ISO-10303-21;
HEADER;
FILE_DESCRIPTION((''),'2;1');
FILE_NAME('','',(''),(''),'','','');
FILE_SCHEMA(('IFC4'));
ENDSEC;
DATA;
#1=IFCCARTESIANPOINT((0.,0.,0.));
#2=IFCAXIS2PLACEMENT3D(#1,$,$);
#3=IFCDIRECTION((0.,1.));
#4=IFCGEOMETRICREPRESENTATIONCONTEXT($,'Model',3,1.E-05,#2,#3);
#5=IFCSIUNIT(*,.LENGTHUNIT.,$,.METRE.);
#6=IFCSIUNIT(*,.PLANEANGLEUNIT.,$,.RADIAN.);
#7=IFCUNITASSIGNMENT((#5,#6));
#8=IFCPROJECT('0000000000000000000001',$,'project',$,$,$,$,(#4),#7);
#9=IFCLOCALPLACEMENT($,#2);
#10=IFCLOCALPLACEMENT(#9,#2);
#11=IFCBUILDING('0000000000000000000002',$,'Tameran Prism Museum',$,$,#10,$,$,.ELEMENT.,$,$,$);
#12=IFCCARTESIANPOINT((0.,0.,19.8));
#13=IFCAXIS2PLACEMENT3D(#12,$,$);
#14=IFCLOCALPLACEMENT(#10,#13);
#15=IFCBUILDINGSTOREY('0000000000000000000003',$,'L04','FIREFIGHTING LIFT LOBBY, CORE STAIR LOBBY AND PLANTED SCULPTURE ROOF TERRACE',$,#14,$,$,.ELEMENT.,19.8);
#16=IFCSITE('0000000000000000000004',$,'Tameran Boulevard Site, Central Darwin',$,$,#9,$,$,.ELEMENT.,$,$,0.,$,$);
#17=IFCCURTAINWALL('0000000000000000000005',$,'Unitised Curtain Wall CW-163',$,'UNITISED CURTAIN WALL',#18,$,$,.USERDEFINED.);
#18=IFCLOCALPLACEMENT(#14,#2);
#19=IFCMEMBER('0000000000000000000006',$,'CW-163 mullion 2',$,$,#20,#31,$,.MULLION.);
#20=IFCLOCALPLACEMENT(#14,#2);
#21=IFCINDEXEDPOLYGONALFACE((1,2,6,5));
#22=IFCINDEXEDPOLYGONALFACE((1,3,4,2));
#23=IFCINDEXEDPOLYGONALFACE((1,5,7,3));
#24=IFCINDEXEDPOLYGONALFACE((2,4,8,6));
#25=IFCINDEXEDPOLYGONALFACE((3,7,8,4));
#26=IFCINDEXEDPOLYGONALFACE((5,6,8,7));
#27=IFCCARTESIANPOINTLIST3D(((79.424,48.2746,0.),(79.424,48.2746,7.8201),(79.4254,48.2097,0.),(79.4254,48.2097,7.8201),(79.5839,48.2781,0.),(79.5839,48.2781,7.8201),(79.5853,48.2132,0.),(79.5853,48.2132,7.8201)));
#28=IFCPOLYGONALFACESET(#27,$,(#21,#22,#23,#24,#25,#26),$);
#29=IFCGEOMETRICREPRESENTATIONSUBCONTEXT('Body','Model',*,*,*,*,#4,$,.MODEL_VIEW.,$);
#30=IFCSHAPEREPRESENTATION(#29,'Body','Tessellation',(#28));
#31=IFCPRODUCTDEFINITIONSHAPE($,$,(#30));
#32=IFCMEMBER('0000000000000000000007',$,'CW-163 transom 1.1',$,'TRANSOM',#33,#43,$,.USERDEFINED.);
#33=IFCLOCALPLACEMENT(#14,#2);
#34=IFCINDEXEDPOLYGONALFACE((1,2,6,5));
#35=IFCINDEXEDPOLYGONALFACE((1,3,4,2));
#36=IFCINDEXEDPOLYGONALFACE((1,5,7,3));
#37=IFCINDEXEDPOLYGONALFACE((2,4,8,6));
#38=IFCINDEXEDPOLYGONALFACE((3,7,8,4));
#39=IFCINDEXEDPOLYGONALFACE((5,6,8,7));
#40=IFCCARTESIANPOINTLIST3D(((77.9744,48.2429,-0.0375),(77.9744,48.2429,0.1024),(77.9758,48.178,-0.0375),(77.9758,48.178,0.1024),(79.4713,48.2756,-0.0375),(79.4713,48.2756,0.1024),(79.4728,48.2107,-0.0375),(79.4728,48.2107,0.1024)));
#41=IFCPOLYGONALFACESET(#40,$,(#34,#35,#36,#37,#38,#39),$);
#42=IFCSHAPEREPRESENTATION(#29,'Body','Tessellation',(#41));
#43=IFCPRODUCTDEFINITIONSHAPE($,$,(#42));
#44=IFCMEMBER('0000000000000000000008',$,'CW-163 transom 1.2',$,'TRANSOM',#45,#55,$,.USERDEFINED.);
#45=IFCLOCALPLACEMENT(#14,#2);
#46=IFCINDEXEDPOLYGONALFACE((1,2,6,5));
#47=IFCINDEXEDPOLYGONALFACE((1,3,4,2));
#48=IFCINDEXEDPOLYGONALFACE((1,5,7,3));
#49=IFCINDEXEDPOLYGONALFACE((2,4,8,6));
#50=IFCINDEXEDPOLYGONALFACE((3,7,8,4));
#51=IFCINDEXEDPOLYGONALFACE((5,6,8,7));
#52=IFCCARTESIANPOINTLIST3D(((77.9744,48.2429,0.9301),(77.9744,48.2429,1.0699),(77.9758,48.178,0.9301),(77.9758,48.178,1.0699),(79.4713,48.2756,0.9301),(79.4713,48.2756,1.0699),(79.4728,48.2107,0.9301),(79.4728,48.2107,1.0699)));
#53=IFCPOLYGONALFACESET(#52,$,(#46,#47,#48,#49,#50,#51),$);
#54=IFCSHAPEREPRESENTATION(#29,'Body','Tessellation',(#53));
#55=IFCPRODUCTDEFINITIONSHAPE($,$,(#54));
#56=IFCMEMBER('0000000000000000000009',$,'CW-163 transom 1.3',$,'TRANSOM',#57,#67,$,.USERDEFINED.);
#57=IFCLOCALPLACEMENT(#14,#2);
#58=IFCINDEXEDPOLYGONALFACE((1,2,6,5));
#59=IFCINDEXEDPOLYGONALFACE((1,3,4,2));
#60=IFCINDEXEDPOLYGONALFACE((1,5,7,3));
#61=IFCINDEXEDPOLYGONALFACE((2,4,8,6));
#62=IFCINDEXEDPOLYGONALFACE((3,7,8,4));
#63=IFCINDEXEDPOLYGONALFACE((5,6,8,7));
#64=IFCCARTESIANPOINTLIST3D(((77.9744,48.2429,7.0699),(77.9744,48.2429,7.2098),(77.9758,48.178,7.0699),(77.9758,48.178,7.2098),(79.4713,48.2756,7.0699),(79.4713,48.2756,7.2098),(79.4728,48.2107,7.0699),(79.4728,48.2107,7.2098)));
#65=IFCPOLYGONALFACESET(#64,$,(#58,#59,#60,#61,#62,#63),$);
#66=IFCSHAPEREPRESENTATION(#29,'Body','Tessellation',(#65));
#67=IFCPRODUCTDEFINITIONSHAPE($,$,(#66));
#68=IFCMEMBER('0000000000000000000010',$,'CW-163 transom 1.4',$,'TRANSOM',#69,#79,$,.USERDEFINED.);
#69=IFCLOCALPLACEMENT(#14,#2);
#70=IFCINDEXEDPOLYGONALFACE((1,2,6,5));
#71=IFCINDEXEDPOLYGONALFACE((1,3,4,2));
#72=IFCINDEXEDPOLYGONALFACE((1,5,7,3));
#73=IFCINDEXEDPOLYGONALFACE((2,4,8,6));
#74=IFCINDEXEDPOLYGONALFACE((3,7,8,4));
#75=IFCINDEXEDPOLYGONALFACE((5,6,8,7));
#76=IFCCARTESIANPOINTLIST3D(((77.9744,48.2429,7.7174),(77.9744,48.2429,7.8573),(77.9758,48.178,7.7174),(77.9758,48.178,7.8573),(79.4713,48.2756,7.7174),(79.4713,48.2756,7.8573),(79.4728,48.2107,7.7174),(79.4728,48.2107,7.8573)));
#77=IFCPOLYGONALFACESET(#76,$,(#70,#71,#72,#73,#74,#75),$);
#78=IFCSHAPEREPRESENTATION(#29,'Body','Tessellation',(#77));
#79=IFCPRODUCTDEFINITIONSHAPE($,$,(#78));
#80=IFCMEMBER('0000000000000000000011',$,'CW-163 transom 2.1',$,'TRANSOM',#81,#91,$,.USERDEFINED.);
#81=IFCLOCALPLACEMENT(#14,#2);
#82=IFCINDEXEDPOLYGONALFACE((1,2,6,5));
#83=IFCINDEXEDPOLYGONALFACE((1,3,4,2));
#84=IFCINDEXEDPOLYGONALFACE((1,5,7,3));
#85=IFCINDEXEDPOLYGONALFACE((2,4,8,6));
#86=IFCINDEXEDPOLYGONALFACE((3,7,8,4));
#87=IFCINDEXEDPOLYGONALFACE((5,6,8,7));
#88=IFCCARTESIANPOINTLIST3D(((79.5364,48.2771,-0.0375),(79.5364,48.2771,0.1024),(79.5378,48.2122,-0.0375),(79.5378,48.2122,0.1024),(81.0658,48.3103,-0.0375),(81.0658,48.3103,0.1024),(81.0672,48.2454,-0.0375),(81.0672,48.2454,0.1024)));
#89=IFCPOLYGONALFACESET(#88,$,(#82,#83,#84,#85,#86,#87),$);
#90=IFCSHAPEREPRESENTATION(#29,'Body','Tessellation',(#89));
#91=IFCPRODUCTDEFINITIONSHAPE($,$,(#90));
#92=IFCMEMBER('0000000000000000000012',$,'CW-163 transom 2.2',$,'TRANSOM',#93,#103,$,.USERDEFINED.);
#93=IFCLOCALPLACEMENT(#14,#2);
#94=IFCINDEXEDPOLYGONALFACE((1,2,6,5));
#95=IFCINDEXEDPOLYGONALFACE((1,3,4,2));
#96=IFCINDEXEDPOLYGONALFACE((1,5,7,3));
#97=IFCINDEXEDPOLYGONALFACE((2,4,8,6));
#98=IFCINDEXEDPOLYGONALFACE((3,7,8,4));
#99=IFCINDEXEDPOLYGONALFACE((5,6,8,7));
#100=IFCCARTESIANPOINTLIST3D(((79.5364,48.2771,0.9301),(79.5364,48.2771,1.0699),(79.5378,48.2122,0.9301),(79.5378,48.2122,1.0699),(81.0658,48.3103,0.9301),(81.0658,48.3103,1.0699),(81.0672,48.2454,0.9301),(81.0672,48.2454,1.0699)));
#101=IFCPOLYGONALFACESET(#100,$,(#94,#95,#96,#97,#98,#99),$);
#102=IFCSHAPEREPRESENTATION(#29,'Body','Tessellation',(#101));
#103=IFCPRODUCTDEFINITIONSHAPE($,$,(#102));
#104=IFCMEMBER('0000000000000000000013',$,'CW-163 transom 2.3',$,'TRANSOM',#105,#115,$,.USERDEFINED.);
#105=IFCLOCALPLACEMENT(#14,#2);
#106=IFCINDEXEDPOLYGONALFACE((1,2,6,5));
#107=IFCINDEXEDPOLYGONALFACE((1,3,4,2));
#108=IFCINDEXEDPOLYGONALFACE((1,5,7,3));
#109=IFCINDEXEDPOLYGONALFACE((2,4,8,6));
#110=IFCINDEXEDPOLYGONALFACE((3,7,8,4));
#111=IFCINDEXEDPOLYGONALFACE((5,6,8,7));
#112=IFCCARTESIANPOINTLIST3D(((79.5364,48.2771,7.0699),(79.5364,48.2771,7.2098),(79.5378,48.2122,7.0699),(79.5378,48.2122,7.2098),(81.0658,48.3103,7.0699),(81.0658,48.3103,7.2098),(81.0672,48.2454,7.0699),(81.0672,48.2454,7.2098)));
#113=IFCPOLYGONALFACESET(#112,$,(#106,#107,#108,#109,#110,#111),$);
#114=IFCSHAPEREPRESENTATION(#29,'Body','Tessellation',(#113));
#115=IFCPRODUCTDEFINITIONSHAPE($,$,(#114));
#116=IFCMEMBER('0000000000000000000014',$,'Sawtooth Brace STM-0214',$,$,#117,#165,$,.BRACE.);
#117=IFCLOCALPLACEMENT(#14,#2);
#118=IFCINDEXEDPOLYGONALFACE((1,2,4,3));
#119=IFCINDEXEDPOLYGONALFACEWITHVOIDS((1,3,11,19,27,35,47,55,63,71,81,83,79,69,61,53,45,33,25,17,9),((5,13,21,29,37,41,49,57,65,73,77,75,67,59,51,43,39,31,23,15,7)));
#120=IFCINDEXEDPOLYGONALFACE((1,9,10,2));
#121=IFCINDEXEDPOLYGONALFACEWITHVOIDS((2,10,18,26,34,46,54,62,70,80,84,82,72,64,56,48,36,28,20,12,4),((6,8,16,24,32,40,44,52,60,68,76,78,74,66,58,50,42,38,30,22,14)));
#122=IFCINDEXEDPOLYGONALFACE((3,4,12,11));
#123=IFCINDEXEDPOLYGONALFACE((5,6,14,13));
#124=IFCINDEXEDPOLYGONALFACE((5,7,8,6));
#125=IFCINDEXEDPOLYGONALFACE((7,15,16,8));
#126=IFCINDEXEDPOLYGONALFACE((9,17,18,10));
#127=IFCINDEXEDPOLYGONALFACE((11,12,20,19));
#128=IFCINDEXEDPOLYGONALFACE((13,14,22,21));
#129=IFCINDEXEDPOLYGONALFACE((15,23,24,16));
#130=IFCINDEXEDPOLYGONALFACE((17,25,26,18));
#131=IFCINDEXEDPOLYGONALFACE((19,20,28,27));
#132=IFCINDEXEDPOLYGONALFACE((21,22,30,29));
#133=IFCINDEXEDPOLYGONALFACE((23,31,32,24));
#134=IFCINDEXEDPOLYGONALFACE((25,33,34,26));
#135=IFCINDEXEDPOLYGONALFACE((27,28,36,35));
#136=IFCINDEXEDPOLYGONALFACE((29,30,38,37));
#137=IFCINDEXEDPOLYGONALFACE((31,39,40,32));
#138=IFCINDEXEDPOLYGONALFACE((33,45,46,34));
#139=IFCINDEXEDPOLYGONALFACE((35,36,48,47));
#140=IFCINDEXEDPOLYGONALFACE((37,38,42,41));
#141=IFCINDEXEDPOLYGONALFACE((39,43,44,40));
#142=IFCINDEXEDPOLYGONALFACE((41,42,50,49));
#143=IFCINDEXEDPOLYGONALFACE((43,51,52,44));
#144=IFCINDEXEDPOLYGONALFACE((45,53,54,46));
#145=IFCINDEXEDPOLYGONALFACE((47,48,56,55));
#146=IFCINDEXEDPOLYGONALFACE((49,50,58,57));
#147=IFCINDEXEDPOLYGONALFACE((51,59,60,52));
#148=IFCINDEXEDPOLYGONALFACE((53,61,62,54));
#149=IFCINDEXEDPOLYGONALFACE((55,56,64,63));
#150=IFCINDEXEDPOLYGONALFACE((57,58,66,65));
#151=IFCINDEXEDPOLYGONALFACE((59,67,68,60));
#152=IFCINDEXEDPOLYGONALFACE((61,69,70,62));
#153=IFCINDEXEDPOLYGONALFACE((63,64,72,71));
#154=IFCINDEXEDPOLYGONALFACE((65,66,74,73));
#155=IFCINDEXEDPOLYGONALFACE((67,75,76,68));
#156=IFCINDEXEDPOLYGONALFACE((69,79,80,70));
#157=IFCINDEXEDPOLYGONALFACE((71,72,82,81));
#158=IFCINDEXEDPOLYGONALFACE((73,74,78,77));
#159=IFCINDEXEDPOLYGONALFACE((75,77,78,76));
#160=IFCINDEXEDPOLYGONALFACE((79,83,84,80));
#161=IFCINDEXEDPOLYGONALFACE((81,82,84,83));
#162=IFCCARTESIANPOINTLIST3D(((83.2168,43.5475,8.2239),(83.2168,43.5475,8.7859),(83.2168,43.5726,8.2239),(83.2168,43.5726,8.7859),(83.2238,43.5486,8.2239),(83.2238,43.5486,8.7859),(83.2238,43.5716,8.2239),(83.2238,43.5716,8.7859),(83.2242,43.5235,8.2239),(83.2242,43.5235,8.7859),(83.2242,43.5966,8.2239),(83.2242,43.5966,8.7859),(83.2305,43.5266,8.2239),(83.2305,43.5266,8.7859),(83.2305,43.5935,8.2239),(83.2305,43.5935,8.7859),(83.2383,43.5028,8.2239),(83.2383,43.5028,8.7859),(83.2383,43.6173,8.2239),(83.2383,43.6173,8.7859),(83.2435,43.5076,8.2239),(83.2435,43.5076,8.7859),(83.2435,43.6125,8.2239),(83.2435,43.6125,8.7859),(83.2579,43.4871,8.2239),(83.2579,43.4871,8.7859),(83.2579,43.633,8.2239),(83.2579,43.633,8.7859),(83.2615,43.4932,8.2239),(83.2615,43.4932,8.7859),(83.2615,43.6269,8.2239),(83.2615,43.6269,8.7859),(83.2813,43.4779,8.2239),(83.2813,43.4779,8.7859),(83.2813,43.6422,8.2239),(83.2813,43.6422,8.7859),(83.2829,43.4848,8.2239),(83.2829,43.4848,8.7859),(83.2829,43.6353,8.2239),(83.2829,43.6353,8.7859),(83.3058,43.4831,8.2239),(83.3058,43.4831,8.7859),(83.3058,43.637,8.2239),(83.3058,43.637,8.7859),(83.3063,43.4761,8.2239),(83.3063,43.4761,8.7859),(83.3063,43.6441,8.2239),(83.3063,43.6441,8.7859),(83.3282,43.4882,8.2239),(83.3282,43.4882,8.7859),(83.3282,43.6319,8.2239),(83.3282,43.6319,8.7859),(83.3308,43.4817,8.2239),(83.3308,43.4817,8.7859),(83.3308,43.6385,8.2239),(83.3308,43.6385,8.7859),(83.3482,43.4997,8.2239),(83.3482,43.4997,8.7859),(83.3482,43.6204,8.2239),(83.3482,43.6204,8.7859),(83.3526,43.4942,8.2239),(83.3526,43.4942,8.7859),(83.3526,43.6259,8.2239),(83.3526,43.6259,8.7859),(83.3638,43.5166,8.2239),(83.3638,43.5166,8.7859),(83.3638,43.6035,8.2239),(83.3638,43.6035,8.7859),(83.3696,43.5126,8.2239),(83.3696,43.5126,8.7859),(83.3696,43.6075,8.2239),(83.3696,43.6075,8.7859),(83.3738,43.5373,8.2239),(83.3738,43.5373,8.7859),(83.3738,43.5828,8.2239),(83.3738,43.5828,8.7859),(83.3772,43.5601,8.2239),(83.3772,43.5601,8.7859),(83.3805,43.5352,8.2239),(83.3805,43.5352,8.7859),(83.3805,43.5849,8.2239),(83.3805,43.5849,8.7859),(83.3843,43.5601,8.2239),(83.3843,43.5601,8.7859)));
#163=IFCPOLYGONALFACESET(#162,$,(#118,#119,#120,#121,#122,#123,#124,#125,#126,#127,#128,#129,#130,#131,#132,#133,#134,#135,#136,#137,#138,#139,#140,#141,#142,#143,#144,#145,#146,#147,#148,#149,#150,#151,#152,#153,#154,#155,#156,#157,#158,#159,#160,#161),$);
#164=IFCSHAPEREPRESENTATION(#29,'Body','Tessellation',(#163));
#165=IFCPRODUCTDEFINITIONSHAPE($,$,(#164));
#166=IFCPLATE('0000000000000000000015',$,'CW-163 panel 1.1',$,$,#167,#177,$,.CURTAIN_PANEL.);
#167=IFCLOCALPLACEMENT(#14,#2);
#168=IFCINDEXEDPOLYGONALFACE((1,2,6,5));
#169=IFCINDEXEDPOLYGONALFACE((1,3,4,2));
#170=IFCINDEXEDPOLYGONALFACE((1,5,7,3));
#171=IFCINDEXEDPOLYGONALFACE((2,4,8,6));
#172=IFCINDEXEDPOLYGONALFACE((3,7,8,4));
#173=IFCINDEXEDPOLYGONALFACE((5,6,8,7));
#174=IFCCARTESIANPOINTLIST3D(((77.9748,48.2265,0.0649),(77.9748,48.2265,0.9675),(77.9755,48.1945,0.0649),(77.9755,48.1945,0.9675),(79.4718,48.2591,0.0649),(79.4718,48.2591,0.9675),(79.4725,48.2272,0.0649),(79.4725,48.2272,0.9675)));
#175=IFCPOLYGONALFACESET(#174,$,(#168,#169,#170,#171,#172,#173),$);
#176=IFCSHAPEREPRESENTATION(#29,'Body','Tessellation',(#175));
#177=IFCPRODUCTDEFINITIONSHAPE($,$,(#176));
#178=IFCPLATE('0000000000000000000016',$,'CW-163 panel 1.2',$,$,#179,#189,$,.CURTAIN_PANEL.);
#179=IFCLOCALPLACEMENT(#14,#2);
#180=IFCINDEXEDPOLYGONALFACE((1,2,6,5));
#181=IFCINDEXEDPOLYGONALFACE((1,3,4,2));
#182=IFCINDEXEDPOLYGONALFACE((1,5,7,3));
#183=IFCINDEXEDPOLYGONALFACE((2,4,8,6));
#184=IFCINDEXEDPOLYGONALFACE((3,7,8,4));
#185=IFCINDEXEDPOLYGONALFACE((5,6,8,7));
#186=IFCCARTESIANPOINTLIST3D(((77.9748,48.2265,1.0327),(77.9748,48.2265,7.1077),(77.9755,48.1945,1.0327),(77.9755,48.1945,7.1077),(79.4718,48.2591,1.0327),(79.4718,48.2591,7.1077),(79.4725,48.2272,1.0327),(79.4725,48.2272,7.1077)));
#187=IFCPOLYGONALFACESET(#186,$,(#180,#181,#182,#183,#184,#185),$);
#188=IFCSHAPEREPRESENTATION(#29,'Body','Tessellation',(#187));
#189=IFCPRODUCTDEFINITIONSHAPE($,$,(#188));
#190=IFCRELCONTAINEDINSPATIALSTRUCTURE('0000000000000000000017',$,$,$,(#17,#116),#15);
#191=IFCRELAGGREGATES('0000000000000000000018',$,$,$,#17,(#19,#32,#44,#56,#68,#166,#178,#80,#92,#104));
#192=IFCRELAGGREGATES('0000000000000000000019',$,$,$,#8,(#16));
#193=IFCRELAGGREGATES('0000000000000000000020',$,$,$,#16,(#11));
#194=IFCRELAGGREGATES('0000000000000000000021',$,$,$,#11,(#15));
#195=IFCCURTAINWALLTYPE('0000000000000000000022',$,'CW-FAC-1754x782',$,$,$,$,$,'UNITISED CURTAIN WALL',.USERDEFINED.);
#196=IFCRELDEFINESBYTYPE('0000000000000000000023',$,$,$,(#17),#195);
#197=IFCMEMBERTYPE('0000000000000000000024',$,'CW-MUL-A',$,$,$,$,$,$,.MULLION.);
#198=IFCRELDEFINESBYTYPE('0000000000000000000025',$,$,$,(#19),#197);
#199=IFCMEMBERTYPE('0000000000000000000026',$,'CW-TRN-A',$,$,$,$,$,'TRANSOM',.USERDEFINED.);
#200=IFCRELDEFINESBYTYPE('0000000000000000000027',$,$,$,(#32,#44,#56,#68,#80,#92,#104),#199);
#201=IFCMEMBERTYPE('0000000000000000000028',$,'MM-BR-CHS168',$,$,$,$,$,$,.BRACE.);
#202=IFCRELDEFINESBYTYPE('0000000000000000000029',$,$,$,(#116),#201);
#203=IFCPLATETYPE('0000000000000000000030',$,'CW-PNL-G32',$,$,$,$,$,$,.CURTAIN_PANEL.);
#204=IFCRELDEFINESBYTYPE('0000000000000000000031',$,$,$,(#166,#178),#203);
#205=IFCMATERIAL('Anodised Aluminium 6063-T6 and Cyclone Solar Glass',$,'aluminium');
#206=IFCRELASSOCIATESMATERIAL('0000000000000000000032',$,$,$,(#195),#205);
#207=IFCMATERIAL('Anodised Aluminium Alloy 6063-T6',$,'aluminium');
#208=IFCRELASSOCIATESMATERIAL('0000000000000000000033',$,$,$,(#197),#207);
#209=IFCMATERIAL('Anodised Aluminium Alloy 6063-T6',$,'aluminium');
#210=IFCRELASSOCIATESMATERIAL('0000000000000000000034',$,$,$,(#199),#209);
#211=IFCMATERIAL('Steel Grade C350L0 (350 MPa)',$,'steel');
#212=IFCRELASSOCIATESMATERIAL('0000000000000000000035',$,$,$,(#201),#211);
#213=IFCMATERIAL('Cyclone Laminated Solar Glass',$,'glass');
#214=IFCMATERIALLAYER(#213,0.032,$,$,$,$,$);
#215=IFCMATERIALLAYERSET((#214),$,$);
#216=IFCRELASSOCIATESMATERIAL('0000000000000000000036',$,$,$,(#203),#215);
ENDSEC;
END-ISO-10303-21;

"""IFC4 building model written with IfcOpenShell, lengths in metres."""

from ifc_helpers import new_model, si_unit, direction, frame, origin, origin_2d, place, context, subcontext, project, spatial, rectangle, hollow_circle, extrude, material, layer, layer_set, material_profile, profile_set, type_object, element, aggregate, save


model = new_model("IFC4")

# Units and contexts
model_context = context("Model", 3, precision=1e-05, world=origin(), true_north=direction((0.0, 1.0)))
body_context = subcontext(model_context, "Body", "Model", "MODEL_VIEW")
ifc_project = project(units=[si_unit("LENGTHUNIT", "METRE"), si_unit("PLANEANGLEUNIT", "RADIAN")], contexts=[model_context])

# Site, building, storey
site_placement = place(None, origin())
site = spatial("IfcSite", under=ifc_project, at=site_placement, Name="Tameran Boulevard Site, Central Darwin", CompositionType="ELEMENT", RefElevation=0.0)
building_placement = place(site_placement, origin())
building = spatial("IfcBuilding", under=site, at=building_placement, Name="Tameran Prism Museum", CompositionType="ELEMENT")
storey_placement = place(building_placement, frame((0.0, 0.0, 19.8)))
storey = spatial("IfcBuildingStorey", under=building, at=storey_placement, Name="L04", Description="FIREFIGHTING LIFT LOBBY, CORE STAIR LOBBY AND PLANTED SCULPTURE ROOF TERRACE", CompositionType="ELEMENT", Elevation=19.8)

# Curtain wall, members
ifc_material_1 = material(Name="Anodised Aluminium 6063-T6 and Cyclone Solar Glass", Category="aluminium")
curtain_wall_type = type_object("IfcCurtainWallType", Name="CW-FAC-1754x782", ElementType="UNITISED CURTAIN WALL", PredefinedType="USERDEFINED", material=ifc_material_1)
curtain_wall_placement = place(storey_placement, origin())
curtain_wall = element("IfcCurtainWall", 1, at=curtain_wall_placement, inside=storey, type_object=curtain_wall_type, Name="Unitised Curtain Wall CW-163", ObjectType="UNITISED CURTAIN WALL", PredefinedType="USERDEFINED")
ifc_material_2 = material(Name="Anodised Aluminium Alloy 6063-T6", Category="aluminium")
ifc_material_profile_1 = material_profile(ifc_material_2, rectangle(XDim=0.0649, YDim=0.1599, at=origin_2d()))
ifc_profile_set_1 = profile_set([ifc_material_profile_1])
member_type_1 = type_object("IfcMemberType", Name="CW-MUL-A", PredefinedType="MULLION", material=ifc_profile_set_1)
member_1_placement = place(storey_placement, frame((79.5046, 48.2439, 0.0), z_axis=(0.0, 0.0, 1.0), x_axis=(-0.021831, 0.999762, 0.0)))
member_1 = element("IfcMember", 2, at=member_1_placement, type_object=member_type_1, Name="CW-163 mullion 2", PredefinedType="MULLION", context=body_context, shape_type="SweptSolid", body=[
    extrude(rectangle(XDim=0.0649, YDim=0.1599, at=origin_2d()), origin(), (0.0, 0.0, 1.0), 7.8201),
])
ifc_material_3 = material(Name="Anodised Aluminium Alloy 6063-T6", Category="aluminium")
ifc_material_profile_2 = material_profile(ifc_material_3, rectangle(XDim=0.0649, YDim=0.1399, at=origin_2d()))
ifc_profile_set_2 = profile_set([ifc_material_profile_2])
member_type_2 = type_object("IfcMemberType", Name="CW-TRN-A", ElementType="TRANSOM", PredefinedType="USERDEFINED", material=ifc_profile_set_2)
member_2_placement = place(storey_placement, frame((77.9751, 48.2104, 0.0325), z_axis=(0.999761, 0.021847, 0.0), x_axis=(-0.021847, 0.999761, 0.0)))
member_2 = element("IfcMember", 3, at=member_2_placement, type_object=member_type_2, Name="CW-163 transom 1.1", ObjectType="TRANSOM", PredefinedType="USERDEFINED", context=body_context, shape_type="SweptSolid", body=[
    extrude(rectangle(XDim=0.0649, YDim=0.1399, at=origin_2d()), origin(), (0.0, 0.0, 1.0), 1.4973),
])
member_3_placement = place(storey_placement, frame((77.9751, 48.2104, 1.0), z_axis=(0.999761, 0.021847, 0.0), x_axis=(-0.021847, 0.999761, 0.0)))
member_3 = element("IfcMember", 4, at=member_3_placement, type_object=member_type_2, Name="CW-163 transom 1.2", ObjectType="TRANSOM", PredefinedType="USERDEFINED", context=body_context, shape_type="SweptSolid", body=[
    extrude(rectangle(XDim=0.0649, YDim=0.1399, at=origin_2d()), origin(), (0.0, 0.0, 1.0), 1.4973),
])
member_4_placement = place(storey_placement, frame((77.9751, 48.2104, 7.1399), z_axis=(0.999761, 0.021847, 0.0), x_axis=(-0.021847, 0.999761, 0.0)))
member_4 = element("IfcMember", 5, at=member_4_placement, type_object=member_type_2, Name="CW-163 transom 1.3", ObjectType="TRANSOM", PredefinedType="USERDEFINED", context=body_context, shape_type="SweptSolid", body=[
    extrude(rectangle(XDim=0.0649, YDim=0.1399, at=origin_2d()), origin(), (0.0, 0.0, 1.0), 1.4973),
])
member_5_placement = place(storey_placement, frame((77.9751, 48.2104, 7.7874), z_axis=(0.999761, 0.021847, 0.0), x_axis=(-0.021847, 0.999761, 0.0)))
member_5 = element("IfcMember", 6, at=member_5_placement, type_object=member_type_2, Name="CW-163 transom 1.4", ObjectType="TRANSOM", PredefinedType="USERDEFINED", context=body_context, shape_type="SweptSolid", body=[
    extrude(rectangle(XDim=0.0649, YDim=0.1399, at=origin_2d()), origin(), (0.0, 0.0, 1.0), 1.4973),
])
member_6_placement = place(storey_placement, frame((79.5371, 48.2446, 0.0325), z_axis=(0.999764, 0.021703, 0.0), x_axis=(-0.021703, 0.999764, 0.0)))
member_6 = element("IfcMember", 7, at=member_6_placement, type_object=member_type_2, Name="CW-163 transom 2.1", ObjectType="TRANSOM", PredefinedType="USERDEFINED", context=body_context, shape_type="SweptSolid", body=[
    extrude(rectangle(XDim=0.0649, YDim=0.1399, at=origin_2d()), origin(), (0.0, 0.0, 1.0), 1.5298),
])
member_7_placement = place(storey_placement, frame((79.5371, 48.2446, 1.0), z_axis=(0.999764, 0.021703, 0.0), x_axis=(-0.021703, 0.999764, 0.0)))
member_7 = element("IfcMember", 8, at=member_7_placement, type_object=member_type_2, Name="CW-163 transom 2.2", ObjectType="TRANSOM", PredefinedType="USERDEFINED", context=body_context, shape_type="SweptSolid", body=[
    extrude(rectangle(XDim=0.0649, YDim=0.1399, at=origin_2d()), origin(), (0.0, 0.0, 1.0), 1.5298),
])
member_8_placement = place(storey_placement, frame((79.5371, 48.2446, 7.1399), z_axis=(0.999764, 0.021703, 0.0), x_axis=(-0.021703, 0.999764, 0.0)))
member_8 = element("IfcMember", 9, at=member_8_placement, type_object=member_type_2, Name="CW-163 transom 2.3", ObjectType="TRANSOM", PredefinedType="USERDEFINED", context=body_context, shape_type="SweptSolid", body=[
    extrude(rectangle(XDim=0.0649, YDim=0.1399, at=origin_2d()), origin(), (0.0, 0.0, 1.0), 1.5298),
])

# Member
ifc_material_4 = material(Name="Steel Grade C350L0 (350 MPa)", Category="steel")
ifc_material_profile_3 = material_profile(ifc_material_4, hollow_circle(Radius=0.0842, WallThickness=0.0071, at=origin_2d()))
ifc_profile_set_3 = profile_set([ifc_material_profile_3])
member_type_3 = type_object("IfcMemberType", Name="MM-BR-CHS168", PredefinedType="BRACE", material=ifc_profile_set_3)
member_9_placement = place(storey_placement, frame((83.3, 43.5601, 8.7859), z_axis=(0.0, 0.0, -1.0), x_axis=(1.0, 0.0, 0.0)))
element("IfcMember", 10, at=member_9_placement, inside=storey, type_object=member_type_3, Name="Sawtooth Brace STM-0214", PredefinedType="BRACE", context=body_context, shape_type="SweptSolid", body=[
    extrude(hollow_circle(Radius=0.0842, WallThickness=0.0071, at=origin_2d()), origin(), (0.0, 0.0, 1.0), 0.562),
])

# Plates
ifc_material_5 = material(Name="Cyclone Laminated Solar Glass", Category="glass")
ifc_layer_1 = layer(ifc_material_5, 0.032)
ifc_layer_set_1 = layer_set([ifc_layer_1])
plate_type_1 = type_object("IfcPlateType", Name="CW-PNL-G32", PredefinedType="CURTAIN_PANEL", material=ifc_layer_set_1)
plate_1_placement = place(storey_placement, frame((78.7236, 48.2268, 0.0649), z_axis=(0.0, 0.0, 1.0), x_axis=(0.999762, 0.021831, 0.0)))
plate_1 = element("IfcPlate", 11, at=plate_1_placement, type_object=plate_type_1, Name="CW-163 panel 1.1", PredefinedType="CURTAIN_PANEL", context=body_context, shape_type="SweptSolid", body=[
    extrude(rectangle(XDim=1.4973, YDim=0.032, at=origin_2d()), origin(), (0.0, 0.0, 1.0), 0.9026),
])
plate_2_placement = place(storey_placement, frame((78.7236, 48.2268, 1.0327), z_axis=(0.0, 0.0, 1.0), x_axis=(0.999762, 0.021831, 0.0)))
plate_2 = element("IfcPlate", 12, at=plate_2_placement, type_object=plate_type_1, Name="CW-163 panel 1.2", PredefinedType="CURTAIN_PANEL", context=body_context, shape_type="SweptSolid", body=[
    extrude(rectangle(XDim=1.4973, YDim=0.032, at=origin_2d()), origin(), (0.0, 0.0, 1.0), 6.075),
])
aggregate(curtain_wall, [member_1, member_2, member_3, member_4, member_5, plate_1, plate_2, member_6, member_7, member_8])

save(model, "model.ifc")
